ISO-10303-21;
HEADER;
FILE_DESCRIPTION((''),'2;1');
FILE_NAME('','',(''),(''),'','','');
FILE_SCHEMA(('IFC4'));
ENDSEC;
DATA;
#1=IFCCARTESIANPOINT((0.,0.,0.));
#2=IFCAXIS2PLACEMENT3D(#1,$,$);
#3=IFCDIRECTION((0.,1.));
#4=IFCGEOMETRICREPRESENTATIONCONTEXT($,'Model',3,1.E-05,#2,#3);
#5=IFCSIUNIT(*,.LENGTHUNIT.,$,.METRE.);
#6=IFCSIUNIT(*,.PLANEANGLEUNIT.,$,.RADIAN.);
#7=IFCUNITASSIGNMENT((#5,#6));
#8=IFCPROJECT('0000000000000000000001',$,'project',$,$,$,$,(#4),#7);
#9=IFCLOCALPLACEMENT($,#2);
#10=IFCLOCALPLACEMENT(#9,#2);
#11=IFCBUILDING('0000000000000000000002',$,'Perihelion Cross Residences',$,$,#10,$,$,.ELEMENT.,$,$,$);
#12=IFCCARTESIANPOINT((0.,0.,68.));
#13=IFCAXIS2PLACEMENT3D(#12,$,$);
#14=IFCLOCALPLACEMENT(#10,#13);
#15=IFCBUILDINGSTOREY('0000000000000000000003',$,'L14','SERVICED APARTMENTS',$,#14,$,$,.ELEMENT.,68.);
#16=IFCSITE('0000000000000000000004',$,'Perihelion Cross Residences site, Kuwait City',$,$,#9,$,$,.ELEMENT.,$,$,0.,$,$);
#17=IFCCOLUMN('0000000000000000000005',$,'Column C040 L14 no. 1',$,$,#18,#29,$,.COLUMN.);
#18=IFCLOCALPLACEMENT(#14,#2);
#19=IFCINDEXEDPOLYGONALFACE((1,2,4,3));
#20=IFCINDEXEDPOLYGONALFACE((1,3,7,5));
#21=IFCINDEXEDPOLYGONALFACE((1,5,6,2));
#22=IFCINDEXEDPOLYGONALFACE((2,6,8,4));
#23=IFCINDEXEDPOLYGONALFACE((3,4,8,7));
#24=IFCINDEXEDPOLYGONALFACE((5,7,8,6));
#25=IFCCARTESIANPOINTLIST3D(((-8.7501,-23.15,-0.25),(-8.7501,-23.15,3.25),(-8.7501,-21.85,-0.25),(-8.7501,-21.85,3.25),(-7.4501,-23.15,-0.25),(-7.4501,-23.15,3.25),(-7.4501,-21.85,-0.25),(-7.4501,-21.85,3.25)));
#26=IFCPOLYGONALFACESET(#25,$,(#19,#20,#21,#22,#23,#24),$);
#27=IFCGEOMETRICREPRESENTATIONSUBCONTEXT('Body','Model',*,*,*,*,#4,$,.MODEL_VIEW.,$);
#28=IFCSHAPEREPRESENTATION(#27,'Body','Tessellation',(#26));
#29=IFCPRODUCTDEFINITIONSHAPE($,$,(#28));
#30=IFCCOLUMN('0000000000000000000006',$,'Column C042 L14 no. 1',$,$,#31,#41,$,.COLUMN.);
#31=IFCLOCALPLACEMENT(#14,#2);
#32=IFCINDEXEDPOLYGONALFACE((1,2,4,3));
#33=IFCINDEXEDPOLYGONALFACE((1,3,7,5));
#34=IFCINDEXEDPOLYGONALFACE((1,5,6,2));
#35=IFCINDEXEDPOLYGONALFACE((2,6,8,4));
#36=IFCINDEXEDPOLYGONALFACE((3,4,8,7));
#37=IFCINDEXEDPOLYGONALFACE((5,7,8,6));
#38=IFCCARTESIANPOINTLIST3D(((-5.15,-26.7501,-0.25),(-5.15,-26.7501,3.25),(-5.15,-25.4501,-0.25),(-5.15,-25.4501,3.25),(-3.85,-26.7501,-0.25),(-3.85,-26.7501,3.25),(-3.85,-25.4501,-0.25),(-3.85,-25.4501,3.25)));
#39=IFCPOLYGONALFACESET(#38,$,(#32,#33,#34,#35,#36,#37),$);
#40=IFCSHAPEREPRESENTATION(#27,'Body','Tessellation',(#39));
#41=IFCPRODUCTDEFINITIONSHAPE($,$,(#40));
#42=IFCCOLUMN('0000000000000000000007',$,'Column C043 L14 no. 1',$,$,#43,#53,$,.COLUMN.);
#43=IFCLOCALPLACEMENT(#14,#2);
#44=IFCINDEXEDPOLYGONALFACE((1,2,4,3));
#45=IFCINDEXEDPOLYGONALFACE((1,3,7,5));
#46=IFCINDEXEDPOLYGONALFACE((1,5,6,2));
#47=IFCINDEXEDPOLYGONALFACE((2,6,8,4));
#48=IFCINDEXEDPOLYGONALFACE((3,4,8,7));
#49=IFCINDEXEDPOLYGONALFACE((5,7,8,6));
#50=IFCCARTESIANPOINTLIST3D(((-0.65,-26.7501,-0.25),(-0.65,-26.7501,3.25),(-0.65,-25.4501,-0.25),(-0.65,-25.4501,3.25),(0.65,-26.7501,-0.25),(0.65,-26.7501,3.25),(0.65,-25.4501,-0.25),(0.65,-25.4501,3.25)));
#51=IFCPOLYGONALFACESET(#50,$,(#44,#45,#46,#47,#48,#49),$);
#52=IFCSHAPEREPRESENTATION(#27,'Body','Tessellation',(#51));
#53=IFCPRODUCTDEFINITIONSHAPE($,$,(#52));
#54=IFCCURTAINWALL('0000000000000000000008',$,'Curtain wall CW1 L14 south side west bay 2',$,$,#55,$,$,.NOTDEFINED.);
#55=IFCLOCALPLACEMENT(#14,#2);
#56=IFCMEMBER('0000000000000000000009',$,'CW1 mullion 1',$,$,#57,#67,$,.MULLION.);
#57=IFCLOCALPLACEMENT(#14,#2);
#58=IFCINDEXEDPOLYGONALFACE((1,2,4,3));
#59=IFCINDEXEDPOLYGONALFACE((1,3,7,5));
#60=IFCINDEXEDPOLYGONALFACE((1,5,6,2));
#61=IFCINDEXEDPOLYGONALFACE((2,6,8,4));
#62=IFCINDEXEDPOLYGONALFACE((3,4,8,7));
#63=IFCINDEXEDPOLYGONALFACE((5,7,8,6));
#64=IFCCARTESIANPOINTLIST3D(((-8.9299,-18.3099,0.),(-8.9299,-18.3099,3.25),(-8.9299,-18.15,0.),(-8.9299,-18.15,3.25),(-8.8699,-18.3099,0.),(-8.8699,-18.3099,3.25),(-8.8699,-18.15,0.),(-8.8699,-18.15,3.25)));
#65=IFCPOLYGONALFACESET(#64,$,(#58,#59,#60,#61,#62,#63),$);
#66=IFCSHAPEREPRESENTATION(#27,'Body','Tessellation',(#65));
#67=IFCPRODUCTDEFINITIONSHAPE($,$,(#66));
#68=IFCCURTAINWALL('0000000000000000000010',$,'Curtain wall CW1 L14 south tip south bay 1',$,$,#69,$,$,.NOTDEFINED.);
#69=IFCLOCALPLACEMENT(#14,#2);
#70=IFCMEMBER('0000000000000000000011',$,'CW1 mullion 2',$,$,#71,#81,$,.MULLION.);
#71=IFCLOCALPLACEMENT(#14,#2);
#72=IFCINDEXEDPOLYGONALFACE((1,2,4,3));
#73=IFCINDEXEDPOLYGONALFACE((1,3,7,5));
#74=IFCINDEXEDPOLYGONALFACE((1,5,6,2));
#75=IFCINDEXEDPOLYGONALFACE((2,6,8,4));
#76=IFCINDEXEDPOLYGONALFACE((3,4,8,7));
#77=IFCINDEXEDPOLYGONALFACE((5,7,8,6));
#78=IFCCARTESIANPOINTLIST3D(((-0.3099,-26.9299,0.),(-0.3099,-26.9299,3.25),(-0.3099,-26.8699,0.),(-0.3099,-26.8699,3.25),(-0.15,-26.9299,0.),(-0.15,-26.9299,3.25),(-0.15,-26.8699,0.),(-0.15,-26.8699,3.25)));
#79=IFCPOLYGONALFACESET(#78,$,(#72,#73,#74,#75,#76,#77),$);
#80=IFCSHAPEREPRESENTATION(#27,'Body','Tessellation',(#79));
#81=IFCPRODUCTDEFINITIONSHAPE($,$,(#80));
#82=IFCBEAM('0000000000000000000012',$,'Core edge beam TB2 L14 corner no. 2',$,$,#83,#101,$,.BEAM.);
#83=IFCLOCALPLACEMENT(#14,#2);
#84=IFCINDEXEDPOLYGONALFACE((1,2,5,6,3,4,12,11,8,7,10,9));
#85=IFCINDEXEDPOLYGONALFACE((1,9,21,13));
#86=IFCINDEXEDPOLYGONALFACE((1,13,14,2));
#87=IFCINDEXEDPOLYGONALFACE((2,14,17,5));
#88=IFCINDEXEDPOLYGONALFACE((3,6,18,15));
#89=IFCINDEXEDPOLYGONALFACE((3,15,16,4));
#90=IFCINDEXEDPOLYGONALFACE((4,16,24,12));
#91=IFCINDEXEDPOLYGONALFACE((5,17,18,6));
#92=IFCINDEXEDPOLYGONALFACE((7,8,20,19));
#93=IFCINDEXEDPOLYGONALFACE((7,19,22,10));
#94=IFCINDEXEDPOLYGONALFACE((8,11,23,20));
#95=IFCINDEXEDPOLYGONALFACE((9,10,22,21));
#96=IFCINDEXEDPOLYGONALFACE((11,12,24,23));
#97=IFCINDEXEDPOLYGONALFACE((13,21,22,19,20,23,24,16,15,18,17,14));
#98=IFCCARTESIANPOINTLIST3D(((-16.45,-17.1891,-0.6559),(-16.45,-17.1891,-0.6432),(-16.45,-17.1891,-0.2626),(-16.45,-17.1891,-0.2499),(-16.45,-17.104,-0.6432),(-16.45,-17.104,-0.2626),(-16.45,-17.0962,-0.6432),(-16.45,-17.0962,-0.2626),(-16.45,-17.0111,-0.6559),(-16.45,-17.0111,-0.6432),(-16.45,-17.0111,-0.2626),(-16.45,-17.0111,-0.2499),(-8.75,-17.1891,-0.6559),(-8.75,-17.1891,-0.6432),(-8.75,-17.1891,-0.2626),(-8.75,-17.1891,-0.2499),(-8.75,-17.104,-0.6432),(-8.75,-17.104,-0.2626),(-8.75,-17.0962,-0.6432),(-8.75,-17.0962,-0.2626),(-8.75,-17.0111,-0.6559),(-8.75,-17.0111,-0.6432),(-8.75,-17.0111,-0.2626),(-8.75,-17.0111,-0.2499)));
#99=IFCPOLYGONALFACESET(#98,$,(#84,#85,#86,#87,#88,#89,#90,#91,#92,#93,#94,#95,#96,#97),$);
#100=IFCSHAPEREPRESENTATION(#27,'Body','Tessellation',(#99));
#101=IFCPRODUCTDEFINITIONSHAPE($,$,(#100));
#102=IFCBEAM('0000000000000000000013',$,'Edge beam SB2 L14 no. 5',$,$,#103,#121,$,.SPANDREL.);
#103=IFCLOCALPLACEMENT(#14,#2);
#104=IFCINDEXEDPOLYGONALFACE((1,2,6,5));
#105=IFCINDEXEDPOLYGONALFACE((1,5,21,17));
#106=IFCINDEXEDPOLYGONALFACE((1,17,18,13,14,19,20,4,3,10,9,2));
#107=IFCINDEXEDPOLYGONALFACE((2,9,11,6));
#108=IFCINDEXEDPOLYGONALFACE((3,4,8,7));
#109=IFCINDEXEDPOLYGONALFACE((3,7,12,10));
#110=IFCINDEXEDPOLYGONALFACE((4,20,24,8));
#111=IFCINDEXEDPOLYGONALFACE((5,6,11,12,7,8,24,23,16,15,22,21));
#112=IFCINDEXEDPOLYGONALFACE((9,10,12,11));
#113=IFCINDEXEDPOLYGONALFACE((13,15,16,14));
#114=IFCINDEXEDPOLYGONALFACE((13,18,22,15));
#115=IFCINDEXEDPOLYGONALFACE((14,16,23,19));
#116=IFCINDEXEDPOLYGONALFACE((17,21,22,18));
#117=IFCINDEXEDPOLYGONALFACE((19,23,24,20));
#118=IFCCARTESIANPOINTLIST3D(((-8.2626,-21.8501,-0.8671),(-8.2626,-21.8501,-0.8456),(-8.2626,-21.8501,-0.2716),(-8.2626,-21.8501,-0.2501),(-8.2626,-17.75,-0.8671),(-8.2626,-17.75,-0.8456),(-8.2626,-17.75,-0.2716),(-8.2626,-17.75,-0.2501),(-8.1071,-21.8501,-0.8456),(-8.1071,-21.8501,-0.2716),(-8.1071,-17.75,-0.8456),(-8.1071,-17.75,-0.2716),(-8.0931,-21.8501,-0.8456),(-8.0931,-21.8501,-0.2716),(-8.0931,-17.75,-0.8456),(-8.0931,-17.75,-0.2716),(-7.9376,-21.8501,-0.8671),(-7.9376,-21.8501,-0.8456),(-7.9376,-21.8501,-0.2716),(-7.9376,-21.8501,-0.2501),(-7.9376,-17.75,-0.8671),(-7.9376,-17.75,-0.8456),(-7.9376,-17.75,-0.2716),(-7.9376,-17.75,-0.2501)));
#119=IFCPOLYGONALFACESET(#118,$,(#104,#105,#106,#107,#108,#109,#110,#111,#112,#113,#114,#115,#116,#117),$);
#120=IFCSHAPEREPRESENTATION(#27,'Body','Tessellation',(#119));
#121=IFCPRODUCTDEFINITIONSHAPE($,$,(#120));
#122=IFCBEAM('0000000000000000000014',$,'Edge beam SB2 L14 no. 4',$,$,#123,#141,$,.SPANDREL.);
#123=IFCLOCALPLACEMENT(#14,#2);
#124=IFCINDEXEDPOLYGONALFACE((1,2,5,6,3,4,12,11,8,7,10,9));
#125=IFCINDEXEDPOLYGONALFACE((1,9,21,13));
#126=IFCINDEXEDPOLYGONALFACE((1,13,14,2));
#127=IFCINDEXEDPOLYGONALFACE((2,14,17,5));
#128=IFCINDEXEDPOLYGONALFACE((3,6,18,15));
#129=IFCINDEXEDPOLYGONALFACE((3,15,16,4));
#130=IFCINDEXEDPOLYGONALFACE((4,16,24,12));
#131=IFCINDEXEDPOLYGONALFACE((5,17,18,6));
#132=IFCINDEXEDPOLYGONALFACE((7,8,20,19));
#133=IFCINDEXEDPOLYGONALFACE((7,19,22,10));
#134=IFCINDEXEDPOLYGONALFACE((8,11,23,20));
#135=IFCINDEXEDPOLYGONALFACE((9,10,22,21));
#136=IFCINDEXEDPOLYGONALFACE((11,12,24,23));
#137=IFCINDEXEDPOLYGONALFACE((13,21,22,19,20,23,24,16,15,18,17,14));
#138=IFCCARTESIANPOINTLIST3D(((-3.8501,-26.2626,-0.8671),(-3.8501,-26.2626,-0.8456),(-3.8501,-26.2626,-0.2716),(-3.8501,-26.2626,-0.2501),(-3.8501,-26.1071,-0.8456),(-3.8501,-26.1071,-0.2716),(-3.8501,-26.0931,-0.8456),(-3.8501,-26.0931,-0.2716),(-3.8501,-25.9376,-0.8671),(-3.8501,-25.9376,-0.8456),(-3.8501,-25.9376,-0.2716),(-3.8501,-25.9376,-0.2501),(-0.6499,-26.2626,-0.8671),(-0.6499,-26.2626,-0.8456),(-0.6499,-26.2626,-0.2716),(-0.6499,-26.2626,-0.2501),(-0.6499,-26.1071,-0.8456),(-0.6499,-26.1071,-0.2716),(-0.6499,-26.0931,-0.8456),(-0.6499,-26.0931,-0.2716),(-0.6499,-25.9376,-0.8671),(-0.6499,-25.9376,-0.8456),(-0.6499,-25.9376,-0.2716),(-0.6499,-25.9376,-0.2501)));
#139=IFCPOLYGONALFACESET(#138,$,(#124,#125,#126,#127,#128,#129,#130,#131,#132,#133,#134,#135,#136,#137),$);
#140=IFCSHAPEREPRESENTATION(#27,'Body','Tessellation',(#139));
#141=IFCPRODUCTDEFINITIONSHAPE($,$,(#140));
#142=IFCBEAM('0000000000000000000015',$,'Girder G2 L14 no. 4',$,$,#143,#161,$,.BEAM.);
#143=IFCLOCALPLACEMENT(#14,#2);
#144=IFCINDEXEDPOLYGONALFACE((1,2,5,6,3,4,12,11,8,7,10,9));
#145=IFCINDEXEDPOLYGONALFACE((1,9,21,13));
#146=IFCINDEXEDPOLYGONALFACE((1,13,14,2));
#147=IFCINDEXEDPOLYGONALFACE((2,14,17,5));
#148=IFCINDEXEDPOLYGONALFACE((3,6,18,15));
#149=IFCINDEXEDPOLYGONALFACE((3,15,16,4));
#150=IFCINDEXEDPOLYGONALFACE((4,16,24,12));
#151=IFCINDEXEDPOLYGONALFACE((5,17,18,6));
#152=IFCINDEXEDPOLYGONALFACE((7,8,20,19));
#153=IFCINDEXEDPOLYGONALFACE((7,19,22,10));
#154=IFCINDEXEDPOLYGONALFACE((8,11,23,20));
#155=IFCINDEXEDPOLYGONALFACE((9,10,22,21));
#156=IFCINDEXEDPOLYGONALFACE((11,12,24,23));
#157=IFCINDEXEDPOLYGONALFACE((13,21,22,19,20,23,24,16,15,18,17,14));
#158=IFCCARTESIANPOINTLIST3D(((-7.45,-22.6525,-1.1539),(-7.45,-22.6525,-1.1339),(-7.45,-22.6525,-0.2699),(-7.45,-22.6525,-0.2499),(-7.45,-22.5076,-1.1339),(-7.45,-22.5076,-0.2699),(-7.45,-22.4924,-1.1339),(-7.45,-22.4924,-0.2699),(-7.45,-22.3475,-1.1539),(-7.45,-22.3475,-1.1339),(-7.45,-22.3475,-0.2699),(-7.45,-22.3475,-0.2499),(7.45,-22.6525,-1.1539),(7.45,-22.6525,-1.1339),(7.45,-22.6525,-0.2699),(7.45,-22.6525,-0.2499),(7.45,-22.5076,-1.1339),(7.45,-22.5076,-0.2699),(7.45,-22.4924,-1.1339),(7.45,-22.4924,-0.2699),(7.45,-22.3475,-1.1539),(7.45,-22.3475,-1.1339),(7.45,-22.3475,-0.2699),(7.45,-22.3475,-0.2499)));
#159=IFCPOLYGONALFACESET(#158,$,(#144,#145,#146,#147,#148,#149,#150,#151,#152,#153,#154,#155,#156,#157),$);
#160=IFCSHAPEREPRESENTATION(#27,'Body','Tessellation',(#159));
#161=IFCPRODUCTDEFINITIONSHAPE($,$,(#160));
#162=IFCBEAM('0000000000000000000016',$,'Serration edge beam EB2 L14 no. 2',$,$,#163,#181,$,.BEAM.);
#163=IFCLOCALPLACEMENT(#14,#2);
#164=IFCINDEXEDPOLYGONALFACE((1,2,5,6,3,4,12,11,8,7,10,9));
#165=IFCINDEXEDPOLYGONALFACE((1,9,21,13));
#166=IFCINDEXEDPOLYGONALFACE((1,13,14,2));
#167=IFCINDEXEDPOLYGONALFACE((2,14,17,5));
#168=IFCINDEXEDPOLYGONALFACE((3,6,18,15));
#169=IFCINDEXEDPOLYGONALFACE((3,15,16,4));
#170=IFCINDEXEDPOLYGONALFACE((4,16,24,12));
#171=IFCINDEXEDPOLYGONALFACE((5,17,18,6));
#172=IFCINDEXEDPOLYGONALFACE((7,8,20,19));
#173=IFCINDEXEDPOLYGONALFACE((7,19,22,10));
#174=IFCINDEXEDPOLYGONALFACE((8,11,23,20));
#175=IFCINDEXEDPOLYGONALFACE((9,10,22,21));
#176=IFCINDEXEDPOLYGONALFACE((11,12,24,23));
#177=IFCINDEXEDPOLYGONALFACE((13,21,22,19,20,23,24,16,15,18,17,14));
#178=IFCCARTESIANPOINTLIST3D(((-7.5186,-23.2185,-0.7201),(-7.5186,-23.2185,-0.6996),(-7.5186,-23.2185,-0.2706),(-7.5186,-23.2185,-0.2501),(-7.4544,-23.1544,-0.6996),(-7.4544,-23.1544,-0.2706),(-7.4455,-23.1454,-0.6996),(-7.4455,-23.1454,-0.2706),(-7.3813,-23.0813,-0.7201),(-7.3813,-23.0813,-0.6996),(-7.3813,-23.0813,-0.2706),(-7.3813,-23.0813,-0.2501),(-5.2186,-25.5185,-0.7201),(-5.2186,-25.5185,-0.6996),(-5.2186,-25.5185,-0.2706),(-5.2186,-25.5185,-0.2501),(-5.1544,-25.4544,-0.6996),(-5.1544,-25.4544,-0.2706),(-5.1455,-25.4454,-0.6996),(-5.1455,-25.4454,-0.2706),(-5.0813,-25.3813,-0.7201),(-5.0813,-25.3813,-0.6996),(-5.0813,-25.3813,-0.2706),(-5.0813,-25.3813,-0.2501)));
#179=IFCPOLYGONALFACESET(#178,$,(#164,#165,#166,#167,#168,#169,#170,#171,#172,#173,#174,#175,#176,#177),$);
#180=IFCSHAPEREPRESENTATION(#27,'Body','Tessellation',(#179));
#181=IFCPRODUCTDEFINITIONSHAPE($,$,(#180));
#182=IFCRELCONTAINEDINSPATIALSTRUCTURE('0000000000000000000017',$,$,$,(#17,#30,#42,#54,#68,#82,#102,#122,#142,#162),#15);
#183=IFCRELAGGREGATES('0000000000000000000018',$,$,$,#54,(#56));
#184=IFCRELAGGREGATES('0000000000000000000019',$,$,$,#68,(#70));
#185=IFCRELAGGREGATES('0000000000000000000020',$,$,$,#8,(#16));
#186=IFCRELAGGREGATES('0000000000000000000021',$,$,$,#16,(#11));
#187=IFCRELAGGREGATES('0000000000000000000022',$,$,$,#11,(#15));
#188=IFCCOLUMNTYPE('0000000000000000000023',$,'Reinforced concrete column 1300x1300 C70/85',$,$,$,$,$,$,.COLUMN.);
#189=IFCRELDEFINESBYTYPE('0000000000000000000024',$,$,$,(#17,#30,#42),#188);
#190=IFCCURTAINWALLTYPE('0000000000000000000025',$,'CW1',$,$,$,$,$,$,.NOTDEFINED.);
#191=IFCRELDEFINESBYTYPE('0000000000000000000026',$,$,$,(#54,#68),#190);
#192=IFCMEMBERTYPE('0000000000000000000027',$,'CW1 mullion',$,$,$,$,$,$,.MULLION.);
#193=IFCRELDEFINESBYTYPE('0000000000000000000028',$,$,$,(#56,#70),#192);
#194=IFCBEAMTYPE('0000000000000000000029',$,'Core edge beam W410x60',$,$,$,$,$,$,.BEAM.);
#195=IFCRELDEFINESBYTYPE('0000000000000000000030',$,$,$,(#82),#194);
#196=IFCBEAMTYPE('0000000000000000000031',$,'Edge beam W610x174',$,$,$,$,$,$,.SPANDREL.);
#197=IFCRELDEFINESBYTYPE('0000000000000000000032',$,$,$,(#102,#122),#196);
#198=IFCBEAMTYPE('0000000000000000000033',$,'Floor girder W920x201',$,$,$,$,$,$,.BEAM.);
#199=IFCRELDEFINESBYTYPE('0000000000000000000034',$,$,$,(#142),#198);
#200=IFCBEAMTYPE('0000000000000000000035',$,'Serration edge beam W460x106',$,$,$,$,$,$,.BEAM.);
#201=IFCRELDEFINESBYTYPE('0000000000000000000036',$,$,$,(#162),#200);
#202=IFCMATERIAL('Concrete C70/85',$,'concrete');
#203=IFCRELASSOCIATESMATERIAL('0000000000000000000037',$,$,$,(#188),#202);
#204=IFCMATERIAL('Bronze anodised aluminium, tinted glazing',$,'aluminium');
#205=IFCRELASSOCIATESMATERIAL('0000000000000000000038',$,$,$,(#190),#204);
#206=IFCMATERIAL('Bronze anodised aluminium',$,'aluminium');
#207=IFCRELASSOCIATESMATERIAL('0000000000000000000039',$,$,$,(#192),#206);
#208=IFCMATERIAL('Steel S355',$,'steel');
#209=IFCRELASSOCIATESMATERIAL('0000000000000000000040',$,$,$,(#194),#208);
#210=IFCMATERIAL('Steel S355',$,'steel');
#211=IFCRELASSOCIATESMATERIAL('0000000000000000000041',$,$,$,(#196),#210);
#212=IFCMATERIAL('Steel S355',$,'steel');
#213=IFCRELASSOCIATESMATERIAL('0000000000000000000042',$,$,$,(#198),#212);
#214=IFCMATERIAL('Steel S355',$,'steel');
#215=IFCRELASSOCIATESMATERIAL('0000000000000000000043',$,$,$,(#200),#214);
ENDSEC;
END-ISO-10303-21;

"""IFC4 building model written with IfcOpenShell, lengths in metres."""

from ifc_helpers import new_model, si_unit, direction, frame, origin, origin_2d, place, context, subcontext, project, spatial, rectangle, i_section, extrude, material, material_profile, profile_set, type_object, element, aggregate, save


model = new_model("IFC4")

# Units and contexts
model_context = context("Model", 3, precision=1e-05, world=origin(), true_north=direction((0.0, 1.0)))
body_context = subcontext(model_context, "Body", "Model", "MODEL_VIEW")
ifc_project = project(units=[si_unit("LENGTHUNIT", "METRE"), si_unit("PLANEANGLEUNIT", "RADIAN")], contexts=[model_context])

# Site, building, storey
site_placement = place(None, origin())
site = spatial("IfcSite", under=ifc_project, at=site_placement, Name="Perihelion Cross Residences site, Kuwait City", CompositionType="ELEMENT", RefElevation=0.0)
building_placement = place(site_placement, origin())
building = spatial("IfcBuilding", under=site, at=building_placement, Name="Perihelion Cross Residences", CompositionType="ELEMENT")
storey_placement = place(building_placement, frame((0.0, 0.0, 68.0)))
storey = spatial("IfcBuildingStorey", under=building, at=storey_placement, Name="L14", Description="SERVICED APARTMENTS", CompositionType="ELEMENT", Elevation=68.0)

# Columns
ifc_material_1 = material(Name="Concrete C70/85", Category="concrete")
ifc_material_profile_1 = material_profile(ifc_material_1, rectangle(XDim=1.3, YDim=1.3, at=origin_2d()), Name="RC 1300x1300")
ifc_profile_set_1 = profile_set([ifc_material_profile_1], Name="Concrete C70/85")
column_type = type_object("IfcColumnType", Name="Reinforced concrete column 1300x1300 C70/85", PredefinedType="COLUMN", material=ifc_profile_set_1)
for number, where, z_axis, x_axis, name in (
    (1, (-8.1001, -22.5, -0.25), (0.0, 0.0, 1.0), (1.0, 0.0, 0.0), "Column C040 L14 no. 1"),
    (2, (-4.5, -26.1001, -0.25), (0.0, 0.0, 1.0), (1.0, 0.0, 0.0), "Column C042 L14 no. 1"),
    (3, (0.0, -26.1001, -0.25), (0.0, 0.0, 1.0), (1.0, 0.0, 0.0), "Column C043 L14 no. 1"),
):
    element("IfcColumn", number, at=place(storey_placement, frame(where, z_axis=z_axis, x_axis=x_axis)), inside=storey, type_object=column_type, Name=name, PredefinedType="COLUMN", context=body_context, shape_type="SweptSolid", body=[
        extrude(rectangle(XDim=1.3, YDim=1.3, at=origin_2d()), origin(), (0.0, 0.0, 1.0), 3.5),
    ])

# Curtain walls, members
ifc_material_2 = material(Name="Bronze anodised aluminium, tinted glazing", Category="aluminium")
curtain_wall_type = type_object("IfcCurtainWallType", Name="CW1", PredefinedType="NOTDEFINED", material=ifc_material_2)
curtain_wall_1_placement = place(storey_placement, origin())
curtain_wall_1 = element("IfcCurtainWall", 4, at=curtain_wall_1_placement, inside=storey, type_object=curtain_wall_type, Name="Curtain wall CW1 L14 south side west bay 2", PredefinedType="NOTDEFINED")
ifc_material_3 = material(Name="Bronze anodised aluminium", Category="aluminium")
ifc_material_profile_2 = material_profile(ifc_material_3, rectangle(XDim=0.0601, YDim=0.1599, at=origin_2d()), Name="CW1 mullion")
ifc_profile_set_2 = profile_set([ifc_material_profile_2], Name="Bronze anodised aluminium")
member_type = type_object("IfcMemberType", Name="CW1 mullion", PredefinedType="MULLION", material=ifc_profile_set_2)
member_1_placement = place(storey_placement, frame((-8.8999, -18.23, 0.0), z_axis=(0.0, 0.0, 1.0), x_axis=(1.0, 0.0, 0.0)))
member_1 = element("IfcMember", 5, at=member_1_placement, type_object=member_type, Name="CW1 mullion 1", PredefinedType="MULLION", context=body_context, shape_type="SweptSolid", body=[
    extrude(rectangle(XDim=0.0601, YDim=0.1599, at=origin_2d()), origin(), (0.0, 0.0, 1.0), 3.25),
])
curtain_wall_2_placement = place(storey_placement, origin())
curtain_wall_2 = element("IfcCurtainWall", 6, at=curtain_wall_2_placement, inside=storey, type_object=curtain_wall_type, Name="Curtain wall CW1 L14 south tip south bay 1", PredefinedType="NOTDEFINED")
member_2_placement = place(storey_placement, frame((-0.23, -26.8999, 0.0), z_axis=(0.0, 0.0, 1.0), x_axis=(0.0, 1.0, 0.0)))
member_2 = element("IfcMember", 7, at=member_2_placement, type_object=member_type, Name="CW1 mullion 2", PredefinedType="MULLION", context=body_context, shape_type="SweptSolid", body=[
    extrude(rectangle(XDim=0.0601, YDim=0.1599, at=origin_2d()), origin(), (0.0, 0.0, 1.0), 3.25),
])

# Beams
ifc_material_4 = material(Name="Steel S355", Category="steel")
ifc_material_profile_3 = material_profile(ifc_material_4, i_section(OverallWidth=0.178, OverallDepth=0.406, WebThickness=0.0078, FlangeThickness=0.0127, at=origin_2d()), Name="W410x60")
ifc_profile_set_3 = profile_set([ifc_material_profile_3], Name="Steel S355")
beam_type_1 = type_object("IfcBeamType", Name="Core edge beam W410x60", PredefinedType="BEAM", material=ifc_profile_set_3)
beam_1_placement = place(storey_placement, frame((-8.75, -17.1001, -0.4529), z_axis=(-1.0, 0.0, 0.0), x_axis=(0.0, -1.0, 0.0)))
element("IfcBeam", 8, at=beam_1_placement, inside=storey, type_object=beam_type_1, Name="Core edge beam TB2 L14 corner no. 2", PredefinedType="BEAM", context=body_context, shape_type="SweptSolid", body=[
    extrude(i_section(OverallWidth=0.178, OverallDepth=0.406, WebThickness=0.0078, FlangeThickness=0.0127, at=origin_2d()), origin(), (0.0, 0.0, 1.0), 7.7),
])
ifc_material_5 = material(Name="Steel S355", Category="steel")
ifc_material_profile_4 = material_profile(ifc_material_5, i_section(OverallWidth=0.325, OverallDepth=0.6169, WebThickness=0.0139, FlangeThickness=0.0215, at=origin_2d()), Name="W610x174")
ifc_profile_set_4 = profile_set([ifc_material_profile_4], Name="Steel S355")
beam_type_2 = type_object("IfcBeamType", Name="Edge beam W610x174", PredefinedType="SPANDREL", material=ifc_profile_set_4)
beam_2_placement = place(storey_placement, frame((-8.1001, -17.75, -0.5586), z_axis=(0.0, -1.0, 0.0), x_axis=(1.0, 0.0, 0.0)))
element("IfcBeam", 9, at=beam_2_placement, inside=storey, type_object=beam_type_2, Name="Edge beam SB2 L14 no. 5", PredefinedType="SPANDREL", context=body_context, shape_type="SweptSolid", body=[
    extrude(i_section(OverallWidth=0.325, OverallDepth=0.6169, WebThickness=0.0139, FlangeThickness=0.0215, at=origin_2d()), origin(), (0.0, 0.0, 1.0), 4.1001),
])
beam_3_placement = place(storey_placement, frame((-3.8501, -26.1001, -0.5586), z_axis=(1.0, 0.0, 0.0), x_axis=(0.0, 1.0, 0.0)))
element("IfcBeam", 10, at=beam_3_placement, inside=storey, type_object=beam_type_2, Name="Edge beam SB2 L14 no. 4", PredefinedType="SPANDREL", context=body_context, shape_type="SweptSolid", body=[
    extrude(i_section(OverallWidth=0.325, OverallDepth=0.6169, WebThickness=0.0139, FlangeThickness=0.0215, at=origin_2d()), origin(), (0.0, 0.0, 1.0), 3.2002),
])
ifc_material_6 = material(Name="Steel S355", Category="steel")
ifc_material_profile_5 = material_profile(ifc_material_6, i_section(OverallWidth=0.3049, OverallDepth=0.9041, WebThickness=0.0151, FlangeThickness=0.02, at=origin_2d()), Name="W920x201")
ifc_profile_set_5 = profile_set([ifc_material_profile_5], Name="Steel S355")
beam_type_3 = type_object("IfcBeamType", Name="Floor girder W920x201", PredefinedType="BEAM", material=ifc_profile_set_5)
beam_4_placement = place(storey_placement, frame((-7.45, -22.5, -0.7019), z_axis=(1.0, 0.0, 0.0), x_axis=(0.0, 1.0, 0.0)))
element("IfcBeam", 11, at=beam_4_placement, inside=storey, type_object=beam_type_3, Name="Girder G2 L14 no. 4", PredefinedType="BEAM", context=body_context, shape_type="SweptSolid", body=[
    extrude(i_section(OverallWidth=0.3049, OverallDepth=0.9041, WebThickness=0.0151, FlangeThickness=0.02, at=origin_2d()), origin(), (0.0, 0.0, 1.0), 14.8999),
])
ifc_material_7 = material(Name="Steel S355", Category="steel")
ifc_material_profile_6 = material_profile(ifc_material_7, i_section(OverallWidth=0.1941, OverallDepth=0.47, WebThickness=0.0127, FlangeThickness=0.0205, at=origin_2d()), Name="W460x106")
ifc_profile_set_6 = profile_set([ifc_material_profile_6], Name="Steel S355")
beam_type_4 = type_object("IfcBeamType", Name="Serration edge beam W460x106", PredefinedType="BEAM", material=ifc_profile_set_6)
beam_5_placement = place(storey_placement, frame((-7.45, -23.1499, -0.4851), z_axis=(0.707107, -0.707107, 0.0), x_axis=(0.707107, 0.707107, 0.0)))
element("IfcBeam", 12, at=beam_5_placement, inside=storey, type_object=beam_type_4, Name="Serration edge beam EB2 L14 no. 2", PredefinedType="BEAM", context=body_context, shape_type="SweptSolid", body=[
    extrude(i_section(OverallWidth=0.1941, OverallDepth=0.47, WebThickness=0.0127, FlangeThickness=0.0205, at=origin_2d()), origin(), (0.0, 0.0, 1.0), 3.2527),
])

aggregate(curtain_wall_1, [member_1])
aggregate(curtain_wall_2, [member_2])

save(model, "model.ifc")
